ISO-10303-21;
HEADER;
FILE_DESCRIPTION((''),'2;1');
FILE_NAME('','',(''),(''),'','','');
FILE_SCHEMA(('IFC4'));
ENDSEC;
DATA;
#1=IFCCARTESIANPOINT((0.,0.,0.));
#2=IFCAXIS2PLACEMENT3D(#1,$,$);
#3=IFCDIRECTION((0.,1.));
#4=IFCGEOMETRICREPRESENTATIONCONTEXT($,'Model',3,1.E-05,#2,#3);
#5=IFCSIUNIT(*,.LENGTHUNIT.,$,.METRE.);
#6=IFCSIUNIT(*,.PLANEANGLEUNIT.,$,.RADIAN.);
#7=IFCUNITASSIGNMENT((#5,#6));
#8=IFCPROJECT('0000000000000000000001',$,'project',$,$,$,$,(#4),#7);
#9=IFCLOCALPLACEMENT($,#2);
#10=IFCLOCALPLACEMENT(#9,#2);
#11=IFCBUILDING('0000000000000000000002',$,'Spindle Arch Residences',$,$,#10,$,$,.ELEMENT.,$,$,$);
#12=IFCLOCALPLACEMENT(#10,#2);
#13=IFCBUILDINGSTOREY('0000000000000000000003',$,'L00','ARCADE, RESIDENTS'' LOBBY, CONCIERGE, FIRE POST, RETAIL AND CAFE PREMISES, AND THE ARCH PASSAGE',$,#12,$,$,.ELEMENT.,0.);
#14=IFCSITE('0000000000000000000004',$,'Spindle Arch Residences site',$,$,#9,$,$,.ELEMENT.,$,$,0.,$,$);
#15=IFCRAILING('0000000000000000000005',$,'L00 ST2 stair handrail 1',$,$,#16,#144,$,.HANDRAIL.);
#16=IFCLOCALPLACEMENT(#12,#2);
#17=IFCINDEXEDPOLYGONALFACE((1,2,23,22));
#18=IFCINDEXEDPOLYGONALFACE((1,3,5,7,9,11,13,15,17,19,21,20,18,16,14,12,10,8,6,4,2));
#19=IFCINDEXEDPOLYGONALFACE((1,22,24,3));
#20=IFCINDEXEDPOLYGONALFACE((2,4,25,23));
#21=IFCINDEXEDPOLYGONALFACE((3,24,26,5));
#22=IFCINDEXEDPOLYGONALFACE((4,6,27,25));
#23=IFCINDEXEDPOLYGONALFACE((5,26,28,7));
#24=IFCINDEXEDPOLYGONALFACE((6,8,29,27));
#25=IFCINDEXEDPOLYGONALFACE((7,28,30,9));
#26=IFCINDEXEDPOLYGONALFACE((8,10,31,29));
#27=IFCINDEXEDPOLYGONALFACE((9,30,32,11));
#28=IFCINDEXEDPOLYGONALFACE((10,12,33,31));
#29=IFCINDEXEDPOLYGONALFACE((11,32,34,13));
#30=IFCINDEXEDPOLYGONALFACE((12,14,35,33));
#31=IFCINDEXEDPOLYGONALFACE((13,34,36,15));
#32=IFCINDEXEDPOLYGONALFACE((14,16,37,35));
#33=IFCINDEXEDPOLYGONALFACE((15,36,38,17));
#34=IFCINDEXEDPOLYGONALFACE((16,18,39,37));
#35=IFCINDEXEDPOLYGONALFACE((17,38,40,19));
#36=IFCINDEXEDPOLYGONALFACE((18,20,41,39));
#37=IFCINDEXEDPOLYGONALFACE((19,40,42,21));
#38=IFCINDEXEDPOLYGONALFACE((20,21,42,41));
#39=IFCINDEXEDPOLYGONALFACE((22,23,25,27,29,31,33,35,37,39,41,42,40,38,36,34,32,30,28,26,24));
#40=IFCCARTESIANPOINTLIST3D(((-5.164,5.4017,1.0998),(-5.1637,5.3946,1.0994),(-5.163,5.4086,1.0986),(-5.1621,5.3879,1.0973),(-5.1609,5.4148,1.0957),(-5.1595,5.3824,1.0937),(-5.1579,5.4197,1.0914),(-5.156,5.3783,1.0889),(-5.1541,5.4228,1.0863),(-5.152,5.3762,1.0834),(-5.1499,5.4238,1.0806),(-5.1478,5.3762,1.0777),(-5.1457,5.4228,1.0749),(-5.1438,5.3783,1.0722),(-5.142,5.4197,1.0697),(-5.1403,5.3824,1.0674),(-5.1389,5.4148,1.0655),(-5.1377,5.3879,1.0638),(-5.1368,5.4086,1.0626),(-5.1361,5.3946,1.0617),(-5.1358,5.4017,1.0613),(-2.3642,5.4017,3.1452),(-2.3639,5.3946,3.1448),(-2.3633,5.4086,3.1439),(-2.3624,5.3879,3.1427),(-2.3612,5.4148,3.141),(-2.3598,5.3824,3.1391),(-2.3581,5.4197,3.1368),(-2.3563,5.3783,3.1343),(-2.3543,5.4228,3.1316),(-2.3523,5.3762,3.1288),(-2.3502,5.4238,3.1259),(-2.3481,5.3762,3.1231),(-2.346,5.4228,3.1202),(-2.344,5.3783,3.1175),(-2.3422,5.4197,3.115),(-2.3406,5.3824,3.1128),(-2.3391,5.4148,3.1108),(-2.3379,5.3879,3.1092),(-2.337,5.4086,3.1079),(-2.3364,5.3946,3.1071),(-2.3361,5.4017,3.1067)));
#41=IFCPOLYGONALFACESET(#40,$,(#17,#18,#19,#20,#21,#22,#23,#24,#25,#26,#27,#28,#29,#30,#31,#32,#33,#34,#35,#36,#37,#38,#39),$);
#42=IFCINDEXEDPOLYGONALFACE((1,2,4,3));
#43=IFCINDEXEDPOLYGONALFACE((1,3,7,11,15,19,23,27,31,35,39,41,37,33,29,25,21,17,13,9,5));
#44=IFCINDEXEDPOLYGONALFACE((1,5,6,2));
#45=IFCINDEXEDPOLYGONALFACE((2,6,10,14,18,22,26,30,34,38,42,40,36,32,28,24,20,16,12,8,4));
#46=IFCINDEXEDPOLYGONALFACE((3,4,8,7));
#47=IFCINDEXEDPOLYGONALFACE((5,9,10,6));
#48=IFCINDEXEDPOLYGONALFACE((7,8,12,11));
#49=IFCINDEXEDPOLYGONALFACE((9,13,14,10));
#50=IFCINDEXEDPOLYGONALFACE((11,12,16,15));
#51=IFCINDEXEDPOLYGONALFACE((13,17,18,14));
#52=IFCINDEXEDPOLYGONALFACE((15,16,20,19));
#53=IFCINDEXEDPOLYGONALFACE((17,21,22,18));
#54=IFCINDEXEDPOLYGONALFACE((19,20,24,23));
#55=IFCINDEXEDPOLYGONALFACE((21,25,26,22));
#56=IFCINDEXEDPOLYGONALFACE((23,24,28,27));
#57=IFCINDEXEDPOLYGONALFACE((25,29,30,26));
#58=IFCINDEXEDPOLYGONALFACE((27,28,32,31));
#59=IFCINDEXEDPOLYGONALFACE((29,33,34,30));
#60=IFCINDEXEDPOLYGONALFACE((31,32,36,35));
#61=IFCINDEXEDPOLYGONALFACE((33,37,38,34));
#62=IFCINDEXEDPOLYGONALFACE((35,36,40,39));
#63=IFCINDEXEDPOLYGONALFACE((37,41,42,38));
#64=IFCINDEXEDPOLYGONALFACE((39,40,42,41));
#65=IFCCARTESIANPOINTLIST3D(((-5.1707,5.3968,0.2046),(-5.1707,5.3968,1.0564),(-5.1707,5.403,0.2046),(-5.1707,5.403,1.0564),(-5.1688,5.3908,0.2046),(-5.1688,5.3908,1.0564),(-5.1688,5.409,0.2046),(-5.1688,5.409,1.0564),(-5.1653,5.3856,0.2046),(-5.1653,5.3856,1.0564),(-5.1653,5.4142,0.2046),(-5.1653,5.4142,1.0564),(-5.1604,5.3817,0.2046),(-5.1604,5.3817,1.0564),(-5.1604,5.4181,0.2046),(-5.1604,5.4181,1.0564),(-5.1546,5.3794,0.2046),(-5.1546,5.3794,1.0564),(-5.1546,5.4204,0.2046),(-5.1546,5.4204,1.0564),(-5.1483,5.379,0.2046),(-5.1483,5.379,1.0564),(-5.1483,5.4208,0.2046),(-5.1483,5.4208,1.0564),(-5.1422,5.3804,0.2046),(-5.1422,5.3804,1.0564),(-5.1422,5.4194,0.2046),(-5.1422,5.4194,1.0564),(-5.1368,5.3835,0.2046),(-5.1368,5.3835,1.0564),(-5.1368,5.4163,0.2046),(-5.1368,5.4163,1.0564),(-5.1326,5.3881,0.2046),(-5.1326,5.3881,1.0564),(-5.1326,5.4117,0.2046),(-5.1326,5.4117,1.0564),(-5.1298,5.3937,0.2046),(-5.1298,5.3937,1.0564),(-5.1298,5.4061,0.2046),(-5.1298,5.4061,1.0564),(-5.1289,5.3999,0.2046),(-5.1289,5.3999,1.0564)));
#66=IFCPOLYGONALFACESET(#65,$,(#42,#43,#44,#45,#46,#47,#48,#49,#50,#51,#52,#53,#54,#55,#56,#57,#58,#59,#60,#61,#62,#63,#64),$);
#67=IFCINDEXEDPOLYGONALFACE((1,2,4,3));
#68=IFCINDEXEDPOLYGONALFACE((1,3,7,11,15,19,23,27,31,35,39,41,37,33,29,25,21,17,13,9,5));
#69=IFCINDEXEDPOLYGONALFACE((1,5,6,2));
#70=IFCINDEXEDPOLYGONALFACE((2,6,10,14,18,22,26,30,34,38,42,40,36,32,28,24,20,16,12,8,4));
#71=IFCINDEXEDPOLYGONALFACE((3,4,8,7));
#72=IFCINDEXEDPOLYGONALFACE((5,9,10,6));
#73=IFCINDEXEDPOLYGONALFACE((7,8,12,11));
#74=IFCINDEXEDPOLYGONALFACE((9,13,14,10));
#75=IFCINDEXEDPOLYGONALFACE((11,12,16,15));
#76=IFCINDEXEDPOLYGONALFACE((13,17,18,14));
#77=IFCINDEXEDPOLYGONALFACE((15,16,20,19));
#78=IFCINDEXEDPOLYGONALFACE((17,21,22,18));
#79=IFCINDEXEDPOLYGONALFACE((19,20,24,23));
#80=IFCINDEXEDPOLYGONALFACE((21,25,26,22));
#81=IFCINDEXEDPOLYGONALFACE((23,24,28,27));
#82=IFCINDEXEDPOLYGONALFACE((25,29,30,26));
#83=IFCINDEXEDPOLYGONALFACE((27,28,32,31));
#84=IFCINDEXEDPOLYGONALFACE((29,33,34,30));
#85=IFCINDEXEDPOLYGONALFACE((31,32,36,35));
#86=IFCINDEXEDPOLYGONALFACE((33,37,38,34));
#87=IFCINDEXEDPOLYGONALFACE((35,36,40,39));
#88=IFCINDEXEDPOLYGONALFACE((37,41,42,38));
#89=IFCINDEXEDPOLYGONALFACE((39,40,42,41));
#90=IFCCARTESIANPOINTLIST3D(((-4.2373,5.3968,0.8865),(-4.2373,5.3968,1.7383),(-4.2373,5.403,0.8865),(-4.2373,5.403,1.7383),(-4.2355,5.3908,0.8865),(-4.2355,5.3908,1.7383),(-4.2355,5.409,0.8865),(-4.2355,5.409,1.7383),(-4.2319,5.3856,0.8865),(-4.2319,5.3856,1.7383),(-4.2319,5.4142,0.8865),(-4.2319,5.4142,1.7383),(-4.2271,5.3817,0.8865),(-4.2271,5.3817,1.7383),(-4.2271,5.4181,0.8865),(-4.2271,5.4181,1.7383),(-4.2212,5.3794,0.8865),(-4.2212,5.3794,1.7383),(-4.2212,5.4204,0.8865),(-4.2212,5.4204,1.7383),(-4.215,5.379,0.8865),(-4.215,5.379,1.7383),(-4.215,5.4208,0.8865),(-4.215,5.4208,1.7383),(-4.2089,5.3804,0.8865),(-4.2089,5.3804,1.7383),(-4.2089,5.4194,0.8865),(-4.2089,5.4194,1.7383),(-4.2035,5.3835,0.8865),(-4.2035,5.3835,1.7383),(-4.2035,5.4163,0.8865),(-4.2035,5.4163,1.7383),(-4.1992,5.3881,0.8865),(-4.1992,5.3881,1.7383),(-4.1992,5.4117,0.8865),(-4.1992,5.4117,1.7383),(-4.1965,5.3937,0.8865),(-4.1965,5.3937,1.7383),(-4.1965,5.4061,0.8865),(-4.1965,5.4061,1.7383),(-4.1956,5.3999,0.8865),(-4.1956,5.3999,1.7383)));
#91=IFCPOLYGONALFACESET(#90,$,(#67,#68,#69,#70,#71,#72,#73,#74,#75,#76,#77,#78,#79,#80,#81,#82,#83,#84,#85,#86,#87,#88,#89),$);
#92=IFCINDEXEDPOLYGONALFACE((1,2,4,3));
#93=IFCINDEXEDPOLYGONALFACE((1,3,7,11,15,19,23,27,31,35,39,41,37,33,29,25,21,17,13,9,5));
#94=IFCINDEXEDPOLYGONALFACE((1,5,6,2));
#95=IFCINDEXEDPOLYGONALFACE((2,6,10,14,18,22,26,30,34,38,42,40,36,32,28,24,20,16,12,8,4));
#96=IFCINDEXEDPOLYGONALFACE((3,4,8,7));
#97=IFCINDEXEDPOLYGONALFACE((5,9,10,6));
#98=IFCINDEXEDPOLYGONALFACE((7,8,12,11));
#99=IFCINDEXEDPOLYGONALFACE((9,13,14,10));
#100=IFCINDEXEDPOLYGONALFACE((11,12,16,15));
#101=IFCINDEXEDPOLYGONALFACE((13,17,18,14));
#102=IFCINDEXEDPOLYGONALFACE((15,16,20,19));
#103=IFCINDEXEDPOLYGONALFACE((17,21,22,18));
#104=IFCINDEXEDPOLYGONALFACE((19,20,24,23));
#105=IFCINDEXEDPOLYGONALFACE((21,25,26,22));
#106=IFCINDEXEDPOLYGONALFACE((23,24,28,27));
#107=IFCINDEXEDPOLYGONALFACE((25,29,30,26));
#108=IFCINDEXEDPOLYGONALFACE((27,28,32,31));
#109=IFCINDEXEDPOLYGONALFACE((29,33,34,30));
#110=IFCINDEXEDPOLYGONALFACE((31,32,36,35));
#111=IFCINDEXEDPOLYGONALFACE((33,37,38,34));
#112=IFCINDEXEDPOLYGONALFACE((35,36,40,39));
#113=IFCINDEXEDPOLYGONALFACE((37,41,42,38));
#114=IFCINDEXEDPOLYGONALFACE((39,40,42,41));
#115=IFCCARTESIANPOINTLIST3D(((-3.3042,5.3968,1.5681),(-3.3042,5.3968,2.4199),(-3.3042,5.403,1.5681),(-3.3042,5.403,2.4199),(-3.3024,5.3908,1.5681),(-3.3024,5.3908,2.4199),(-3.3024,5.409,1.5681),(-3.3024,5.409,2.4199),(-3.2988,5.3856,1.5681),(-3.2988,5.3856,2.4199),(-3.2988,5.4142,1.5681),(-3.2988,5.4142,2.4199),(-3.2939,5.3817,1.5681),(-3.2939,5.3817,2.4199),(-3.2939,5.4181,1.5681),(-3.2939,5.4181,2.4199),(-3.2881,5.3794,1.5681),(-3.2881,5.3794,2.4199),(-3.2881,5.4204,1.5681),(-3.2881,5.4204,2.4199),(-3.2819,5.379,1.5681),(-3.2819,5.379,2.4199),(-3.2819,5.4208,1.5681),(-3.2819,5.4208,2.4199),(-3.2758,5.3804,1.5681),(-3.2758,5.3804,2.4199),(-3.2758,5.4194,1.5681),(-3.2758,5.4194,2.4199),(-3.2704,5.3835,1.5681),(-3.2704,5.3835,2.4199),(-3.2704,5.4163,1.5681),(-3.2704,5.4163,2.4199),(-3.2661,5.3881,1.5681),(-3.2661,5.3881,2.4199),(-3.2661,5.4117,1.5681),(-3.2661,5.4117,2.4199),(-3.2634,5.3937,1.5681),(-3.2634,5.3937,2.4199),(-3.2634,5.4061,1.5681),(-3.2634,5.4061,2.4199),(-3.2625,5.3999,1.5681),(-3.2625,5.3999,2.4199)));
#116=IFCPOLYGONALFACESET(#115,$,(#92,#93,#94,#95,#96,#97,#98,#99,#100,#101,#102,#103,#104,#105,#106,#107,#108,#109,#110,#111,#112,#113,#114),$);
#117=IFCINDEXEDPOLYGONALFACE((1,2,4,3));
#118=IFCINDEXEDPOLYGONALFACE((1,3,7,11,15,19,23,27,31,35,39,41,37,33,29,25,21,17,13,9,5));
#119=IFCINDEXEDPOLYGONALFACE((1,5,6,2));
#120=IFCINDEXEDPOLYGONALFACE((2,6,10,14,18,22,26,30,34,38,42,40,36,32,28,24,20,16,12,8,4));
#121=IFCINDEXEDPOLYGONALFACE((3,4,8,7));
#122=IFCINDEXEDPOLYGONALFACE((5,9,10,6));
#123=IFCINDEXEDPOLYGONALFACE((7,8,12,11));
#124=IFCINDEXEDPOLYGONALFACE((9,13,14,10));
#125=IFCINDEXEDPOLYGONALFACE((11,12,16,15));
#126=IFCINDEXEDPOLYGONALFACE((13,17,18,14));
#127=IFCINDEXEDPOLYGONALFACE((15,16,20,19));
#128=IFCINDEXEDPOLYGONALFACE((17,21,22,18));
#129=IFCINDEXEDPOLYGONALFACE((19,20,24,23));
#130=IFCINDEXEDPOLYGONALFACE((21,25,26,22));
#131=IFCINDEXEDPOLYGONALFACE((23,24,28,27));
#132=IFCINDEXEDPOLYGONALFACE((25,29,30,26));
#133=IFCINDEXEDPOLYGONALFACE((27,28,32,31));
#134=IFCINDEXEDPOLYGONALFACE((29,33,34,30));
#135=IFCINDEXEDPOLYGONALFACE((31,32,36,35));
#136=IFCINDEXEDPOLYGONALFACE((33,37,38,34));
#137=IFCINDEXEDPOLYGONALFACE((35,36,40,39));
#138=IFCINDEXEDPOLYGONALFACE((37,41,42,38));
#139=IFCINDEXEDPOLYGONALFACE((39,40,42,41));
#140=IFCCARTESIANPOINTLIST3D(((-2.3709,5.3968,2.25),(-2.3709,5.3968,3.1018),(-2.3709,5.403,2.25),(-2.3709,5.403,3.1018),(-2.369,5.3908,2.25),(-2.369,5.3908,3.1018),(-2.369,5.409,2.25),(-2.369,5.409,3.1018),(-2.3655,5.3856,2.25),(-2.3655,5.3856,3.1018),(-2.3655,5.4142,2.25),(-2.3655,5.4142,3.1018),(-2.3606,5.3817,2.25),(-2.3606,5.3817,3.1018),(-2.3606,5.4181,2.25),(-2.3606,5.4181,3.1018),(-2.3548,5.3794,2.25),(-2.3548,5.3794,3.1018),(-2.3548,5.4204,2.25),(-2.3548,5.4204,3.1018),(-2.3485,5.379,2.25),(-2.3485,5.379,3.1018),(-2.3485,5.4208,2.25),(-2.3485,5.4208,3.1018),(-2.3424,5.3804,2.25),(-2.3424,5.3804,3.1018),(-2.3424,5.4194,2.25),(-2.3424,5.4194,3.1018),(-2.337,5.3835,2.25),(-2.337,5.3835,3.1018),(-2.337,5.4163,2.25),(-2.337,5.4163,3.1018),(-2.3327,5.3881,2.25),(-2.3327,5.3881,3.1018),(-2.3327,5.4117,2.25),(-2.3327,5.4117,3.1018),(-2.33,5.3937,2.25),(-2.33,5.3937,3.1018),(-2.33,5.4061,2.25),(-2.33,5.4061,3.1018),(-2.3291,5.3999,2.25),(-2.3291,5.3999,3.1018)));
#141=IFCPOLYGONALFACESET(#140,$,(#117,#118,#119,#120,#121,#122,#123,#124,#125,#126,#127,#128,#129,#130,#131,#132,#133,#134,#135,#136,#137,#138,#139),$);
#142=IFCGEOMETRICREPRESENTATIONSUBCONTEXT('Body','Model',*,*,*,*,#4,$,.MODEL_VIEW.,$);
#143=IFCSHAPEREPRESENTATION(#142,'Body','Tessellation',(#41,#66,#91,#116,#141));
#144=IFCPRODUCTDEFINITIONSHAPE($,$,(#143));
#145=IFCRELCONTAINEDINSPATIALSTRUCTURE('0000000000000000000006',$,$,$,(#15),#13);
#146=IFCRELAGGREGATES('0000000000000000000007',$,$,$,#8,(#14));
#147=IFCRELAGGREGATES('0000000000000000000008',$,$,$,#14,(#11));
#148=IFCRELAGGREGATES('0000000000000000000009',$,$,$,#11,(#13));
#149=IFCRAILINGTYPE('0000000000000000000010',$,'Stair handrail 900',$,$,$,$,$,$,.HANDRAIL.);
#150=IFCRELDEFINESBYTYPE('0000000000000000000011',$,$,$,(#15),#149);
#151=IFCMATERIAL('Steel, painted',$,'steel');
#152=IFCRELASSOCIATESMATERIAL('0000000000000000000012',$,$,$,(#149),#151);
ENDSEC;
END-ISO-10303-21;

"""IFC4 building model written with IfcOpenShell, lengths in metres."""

from ifc_helpers import new_model, si_unit, direction, frame, origin, origin_2d, place, context, subcontext, project, spatial, circle, extrude, material, type_object, element, save


model = new_model("IFC4")

# Units and contexts
model_context = context("Model", 3, precision=1e-05, world=origin(), true_north=direction((0.0, 1.0)))
body_context = subcontext(model_context, "Body", "Model", "MODEL_VIEW")
ifc_project = project(units=[si_unit("LENGTHUNIT", "METRE"), si_unit("PLANEANGLEUNIT", "RADIAN")], contexts=[model_context])

# Site, building, storey
site_placement = place(None, origin())
site = spatial("IfcSite", under=ifc_project, at=site_placement, Name="Spindle Arch Residences site", CompositionType="ELEMENT", RefElevation=0.0)
building_placement = place(site_placement, origin())
building = spatial("IfcBuilding", under=site, at=building_placement, Name="Spindle Arch Residences", CompositionType="ELEMENT")
storey_placement = place(building_placement, origin())
storey = spatial("IfcBuildingStorey", under=building, at=storey_placement, Name="L00", Description="ARCADE, RESIDENTS' LOBBY, CONCIERGE, FIRE POST, RETAIL AND CAFE PREMISES, AND THE ARCH PASSAGE", CompositionType="ELEMENT", Elevation=0.0)

# Railing
ifc_material_1 = material(Name="Steel, painted", Category="steel")
railing_type_1 = type_object("IfcRailingType", Name="Stair handrail 900", PredefinedType="HANDRAIL", material=ifc_material_1)
railing_1_placement = place(storey_placement, frame((-5.1499, 5.3999, 0.2046)))
element("IfcRailing", 1, at=railing_1_placement, inside=storey, type_object=railing_type_1, Name="L00 ST2 stair handrail 1", PredefinedType="HANDRAIL", context=body_context, shape_type="SweptSolid", body=[
    extrude(circle(Radius=0.0239, at=origin_2d()), frame((0.0, 0.0, 0.876), z_axis=(0.807474, 0.0, 0.589904), x_axis=(0.0, 1.0, 0.0)), (0.0, 0.0, 1.0), 3.4673),
    extrude(circle(Radius=0.021, at=origin_2d()), origin(), (0.0, 0.0, 1.0), 0.8518),
    extrude(circle(Radius=0.021, at=origin_2d()), frame((0.9333, 0.0, 0.6819)), (0.0, 0.0, 1.0), 0.8518),
    extrude(circle(Radius=0.021, at=origin_2d()), frame((1.8665, 0.0, 1.3635)), (0.0, 0.0, 1.0), 0.8518),
    extrude(circle(Radius=0.021, at=origin_2d()), frame((2.7998, 0.0, 2.0454)), (0.0, 0.0, 1.0), 0.8518),
])

save(model, "model.ifc")
